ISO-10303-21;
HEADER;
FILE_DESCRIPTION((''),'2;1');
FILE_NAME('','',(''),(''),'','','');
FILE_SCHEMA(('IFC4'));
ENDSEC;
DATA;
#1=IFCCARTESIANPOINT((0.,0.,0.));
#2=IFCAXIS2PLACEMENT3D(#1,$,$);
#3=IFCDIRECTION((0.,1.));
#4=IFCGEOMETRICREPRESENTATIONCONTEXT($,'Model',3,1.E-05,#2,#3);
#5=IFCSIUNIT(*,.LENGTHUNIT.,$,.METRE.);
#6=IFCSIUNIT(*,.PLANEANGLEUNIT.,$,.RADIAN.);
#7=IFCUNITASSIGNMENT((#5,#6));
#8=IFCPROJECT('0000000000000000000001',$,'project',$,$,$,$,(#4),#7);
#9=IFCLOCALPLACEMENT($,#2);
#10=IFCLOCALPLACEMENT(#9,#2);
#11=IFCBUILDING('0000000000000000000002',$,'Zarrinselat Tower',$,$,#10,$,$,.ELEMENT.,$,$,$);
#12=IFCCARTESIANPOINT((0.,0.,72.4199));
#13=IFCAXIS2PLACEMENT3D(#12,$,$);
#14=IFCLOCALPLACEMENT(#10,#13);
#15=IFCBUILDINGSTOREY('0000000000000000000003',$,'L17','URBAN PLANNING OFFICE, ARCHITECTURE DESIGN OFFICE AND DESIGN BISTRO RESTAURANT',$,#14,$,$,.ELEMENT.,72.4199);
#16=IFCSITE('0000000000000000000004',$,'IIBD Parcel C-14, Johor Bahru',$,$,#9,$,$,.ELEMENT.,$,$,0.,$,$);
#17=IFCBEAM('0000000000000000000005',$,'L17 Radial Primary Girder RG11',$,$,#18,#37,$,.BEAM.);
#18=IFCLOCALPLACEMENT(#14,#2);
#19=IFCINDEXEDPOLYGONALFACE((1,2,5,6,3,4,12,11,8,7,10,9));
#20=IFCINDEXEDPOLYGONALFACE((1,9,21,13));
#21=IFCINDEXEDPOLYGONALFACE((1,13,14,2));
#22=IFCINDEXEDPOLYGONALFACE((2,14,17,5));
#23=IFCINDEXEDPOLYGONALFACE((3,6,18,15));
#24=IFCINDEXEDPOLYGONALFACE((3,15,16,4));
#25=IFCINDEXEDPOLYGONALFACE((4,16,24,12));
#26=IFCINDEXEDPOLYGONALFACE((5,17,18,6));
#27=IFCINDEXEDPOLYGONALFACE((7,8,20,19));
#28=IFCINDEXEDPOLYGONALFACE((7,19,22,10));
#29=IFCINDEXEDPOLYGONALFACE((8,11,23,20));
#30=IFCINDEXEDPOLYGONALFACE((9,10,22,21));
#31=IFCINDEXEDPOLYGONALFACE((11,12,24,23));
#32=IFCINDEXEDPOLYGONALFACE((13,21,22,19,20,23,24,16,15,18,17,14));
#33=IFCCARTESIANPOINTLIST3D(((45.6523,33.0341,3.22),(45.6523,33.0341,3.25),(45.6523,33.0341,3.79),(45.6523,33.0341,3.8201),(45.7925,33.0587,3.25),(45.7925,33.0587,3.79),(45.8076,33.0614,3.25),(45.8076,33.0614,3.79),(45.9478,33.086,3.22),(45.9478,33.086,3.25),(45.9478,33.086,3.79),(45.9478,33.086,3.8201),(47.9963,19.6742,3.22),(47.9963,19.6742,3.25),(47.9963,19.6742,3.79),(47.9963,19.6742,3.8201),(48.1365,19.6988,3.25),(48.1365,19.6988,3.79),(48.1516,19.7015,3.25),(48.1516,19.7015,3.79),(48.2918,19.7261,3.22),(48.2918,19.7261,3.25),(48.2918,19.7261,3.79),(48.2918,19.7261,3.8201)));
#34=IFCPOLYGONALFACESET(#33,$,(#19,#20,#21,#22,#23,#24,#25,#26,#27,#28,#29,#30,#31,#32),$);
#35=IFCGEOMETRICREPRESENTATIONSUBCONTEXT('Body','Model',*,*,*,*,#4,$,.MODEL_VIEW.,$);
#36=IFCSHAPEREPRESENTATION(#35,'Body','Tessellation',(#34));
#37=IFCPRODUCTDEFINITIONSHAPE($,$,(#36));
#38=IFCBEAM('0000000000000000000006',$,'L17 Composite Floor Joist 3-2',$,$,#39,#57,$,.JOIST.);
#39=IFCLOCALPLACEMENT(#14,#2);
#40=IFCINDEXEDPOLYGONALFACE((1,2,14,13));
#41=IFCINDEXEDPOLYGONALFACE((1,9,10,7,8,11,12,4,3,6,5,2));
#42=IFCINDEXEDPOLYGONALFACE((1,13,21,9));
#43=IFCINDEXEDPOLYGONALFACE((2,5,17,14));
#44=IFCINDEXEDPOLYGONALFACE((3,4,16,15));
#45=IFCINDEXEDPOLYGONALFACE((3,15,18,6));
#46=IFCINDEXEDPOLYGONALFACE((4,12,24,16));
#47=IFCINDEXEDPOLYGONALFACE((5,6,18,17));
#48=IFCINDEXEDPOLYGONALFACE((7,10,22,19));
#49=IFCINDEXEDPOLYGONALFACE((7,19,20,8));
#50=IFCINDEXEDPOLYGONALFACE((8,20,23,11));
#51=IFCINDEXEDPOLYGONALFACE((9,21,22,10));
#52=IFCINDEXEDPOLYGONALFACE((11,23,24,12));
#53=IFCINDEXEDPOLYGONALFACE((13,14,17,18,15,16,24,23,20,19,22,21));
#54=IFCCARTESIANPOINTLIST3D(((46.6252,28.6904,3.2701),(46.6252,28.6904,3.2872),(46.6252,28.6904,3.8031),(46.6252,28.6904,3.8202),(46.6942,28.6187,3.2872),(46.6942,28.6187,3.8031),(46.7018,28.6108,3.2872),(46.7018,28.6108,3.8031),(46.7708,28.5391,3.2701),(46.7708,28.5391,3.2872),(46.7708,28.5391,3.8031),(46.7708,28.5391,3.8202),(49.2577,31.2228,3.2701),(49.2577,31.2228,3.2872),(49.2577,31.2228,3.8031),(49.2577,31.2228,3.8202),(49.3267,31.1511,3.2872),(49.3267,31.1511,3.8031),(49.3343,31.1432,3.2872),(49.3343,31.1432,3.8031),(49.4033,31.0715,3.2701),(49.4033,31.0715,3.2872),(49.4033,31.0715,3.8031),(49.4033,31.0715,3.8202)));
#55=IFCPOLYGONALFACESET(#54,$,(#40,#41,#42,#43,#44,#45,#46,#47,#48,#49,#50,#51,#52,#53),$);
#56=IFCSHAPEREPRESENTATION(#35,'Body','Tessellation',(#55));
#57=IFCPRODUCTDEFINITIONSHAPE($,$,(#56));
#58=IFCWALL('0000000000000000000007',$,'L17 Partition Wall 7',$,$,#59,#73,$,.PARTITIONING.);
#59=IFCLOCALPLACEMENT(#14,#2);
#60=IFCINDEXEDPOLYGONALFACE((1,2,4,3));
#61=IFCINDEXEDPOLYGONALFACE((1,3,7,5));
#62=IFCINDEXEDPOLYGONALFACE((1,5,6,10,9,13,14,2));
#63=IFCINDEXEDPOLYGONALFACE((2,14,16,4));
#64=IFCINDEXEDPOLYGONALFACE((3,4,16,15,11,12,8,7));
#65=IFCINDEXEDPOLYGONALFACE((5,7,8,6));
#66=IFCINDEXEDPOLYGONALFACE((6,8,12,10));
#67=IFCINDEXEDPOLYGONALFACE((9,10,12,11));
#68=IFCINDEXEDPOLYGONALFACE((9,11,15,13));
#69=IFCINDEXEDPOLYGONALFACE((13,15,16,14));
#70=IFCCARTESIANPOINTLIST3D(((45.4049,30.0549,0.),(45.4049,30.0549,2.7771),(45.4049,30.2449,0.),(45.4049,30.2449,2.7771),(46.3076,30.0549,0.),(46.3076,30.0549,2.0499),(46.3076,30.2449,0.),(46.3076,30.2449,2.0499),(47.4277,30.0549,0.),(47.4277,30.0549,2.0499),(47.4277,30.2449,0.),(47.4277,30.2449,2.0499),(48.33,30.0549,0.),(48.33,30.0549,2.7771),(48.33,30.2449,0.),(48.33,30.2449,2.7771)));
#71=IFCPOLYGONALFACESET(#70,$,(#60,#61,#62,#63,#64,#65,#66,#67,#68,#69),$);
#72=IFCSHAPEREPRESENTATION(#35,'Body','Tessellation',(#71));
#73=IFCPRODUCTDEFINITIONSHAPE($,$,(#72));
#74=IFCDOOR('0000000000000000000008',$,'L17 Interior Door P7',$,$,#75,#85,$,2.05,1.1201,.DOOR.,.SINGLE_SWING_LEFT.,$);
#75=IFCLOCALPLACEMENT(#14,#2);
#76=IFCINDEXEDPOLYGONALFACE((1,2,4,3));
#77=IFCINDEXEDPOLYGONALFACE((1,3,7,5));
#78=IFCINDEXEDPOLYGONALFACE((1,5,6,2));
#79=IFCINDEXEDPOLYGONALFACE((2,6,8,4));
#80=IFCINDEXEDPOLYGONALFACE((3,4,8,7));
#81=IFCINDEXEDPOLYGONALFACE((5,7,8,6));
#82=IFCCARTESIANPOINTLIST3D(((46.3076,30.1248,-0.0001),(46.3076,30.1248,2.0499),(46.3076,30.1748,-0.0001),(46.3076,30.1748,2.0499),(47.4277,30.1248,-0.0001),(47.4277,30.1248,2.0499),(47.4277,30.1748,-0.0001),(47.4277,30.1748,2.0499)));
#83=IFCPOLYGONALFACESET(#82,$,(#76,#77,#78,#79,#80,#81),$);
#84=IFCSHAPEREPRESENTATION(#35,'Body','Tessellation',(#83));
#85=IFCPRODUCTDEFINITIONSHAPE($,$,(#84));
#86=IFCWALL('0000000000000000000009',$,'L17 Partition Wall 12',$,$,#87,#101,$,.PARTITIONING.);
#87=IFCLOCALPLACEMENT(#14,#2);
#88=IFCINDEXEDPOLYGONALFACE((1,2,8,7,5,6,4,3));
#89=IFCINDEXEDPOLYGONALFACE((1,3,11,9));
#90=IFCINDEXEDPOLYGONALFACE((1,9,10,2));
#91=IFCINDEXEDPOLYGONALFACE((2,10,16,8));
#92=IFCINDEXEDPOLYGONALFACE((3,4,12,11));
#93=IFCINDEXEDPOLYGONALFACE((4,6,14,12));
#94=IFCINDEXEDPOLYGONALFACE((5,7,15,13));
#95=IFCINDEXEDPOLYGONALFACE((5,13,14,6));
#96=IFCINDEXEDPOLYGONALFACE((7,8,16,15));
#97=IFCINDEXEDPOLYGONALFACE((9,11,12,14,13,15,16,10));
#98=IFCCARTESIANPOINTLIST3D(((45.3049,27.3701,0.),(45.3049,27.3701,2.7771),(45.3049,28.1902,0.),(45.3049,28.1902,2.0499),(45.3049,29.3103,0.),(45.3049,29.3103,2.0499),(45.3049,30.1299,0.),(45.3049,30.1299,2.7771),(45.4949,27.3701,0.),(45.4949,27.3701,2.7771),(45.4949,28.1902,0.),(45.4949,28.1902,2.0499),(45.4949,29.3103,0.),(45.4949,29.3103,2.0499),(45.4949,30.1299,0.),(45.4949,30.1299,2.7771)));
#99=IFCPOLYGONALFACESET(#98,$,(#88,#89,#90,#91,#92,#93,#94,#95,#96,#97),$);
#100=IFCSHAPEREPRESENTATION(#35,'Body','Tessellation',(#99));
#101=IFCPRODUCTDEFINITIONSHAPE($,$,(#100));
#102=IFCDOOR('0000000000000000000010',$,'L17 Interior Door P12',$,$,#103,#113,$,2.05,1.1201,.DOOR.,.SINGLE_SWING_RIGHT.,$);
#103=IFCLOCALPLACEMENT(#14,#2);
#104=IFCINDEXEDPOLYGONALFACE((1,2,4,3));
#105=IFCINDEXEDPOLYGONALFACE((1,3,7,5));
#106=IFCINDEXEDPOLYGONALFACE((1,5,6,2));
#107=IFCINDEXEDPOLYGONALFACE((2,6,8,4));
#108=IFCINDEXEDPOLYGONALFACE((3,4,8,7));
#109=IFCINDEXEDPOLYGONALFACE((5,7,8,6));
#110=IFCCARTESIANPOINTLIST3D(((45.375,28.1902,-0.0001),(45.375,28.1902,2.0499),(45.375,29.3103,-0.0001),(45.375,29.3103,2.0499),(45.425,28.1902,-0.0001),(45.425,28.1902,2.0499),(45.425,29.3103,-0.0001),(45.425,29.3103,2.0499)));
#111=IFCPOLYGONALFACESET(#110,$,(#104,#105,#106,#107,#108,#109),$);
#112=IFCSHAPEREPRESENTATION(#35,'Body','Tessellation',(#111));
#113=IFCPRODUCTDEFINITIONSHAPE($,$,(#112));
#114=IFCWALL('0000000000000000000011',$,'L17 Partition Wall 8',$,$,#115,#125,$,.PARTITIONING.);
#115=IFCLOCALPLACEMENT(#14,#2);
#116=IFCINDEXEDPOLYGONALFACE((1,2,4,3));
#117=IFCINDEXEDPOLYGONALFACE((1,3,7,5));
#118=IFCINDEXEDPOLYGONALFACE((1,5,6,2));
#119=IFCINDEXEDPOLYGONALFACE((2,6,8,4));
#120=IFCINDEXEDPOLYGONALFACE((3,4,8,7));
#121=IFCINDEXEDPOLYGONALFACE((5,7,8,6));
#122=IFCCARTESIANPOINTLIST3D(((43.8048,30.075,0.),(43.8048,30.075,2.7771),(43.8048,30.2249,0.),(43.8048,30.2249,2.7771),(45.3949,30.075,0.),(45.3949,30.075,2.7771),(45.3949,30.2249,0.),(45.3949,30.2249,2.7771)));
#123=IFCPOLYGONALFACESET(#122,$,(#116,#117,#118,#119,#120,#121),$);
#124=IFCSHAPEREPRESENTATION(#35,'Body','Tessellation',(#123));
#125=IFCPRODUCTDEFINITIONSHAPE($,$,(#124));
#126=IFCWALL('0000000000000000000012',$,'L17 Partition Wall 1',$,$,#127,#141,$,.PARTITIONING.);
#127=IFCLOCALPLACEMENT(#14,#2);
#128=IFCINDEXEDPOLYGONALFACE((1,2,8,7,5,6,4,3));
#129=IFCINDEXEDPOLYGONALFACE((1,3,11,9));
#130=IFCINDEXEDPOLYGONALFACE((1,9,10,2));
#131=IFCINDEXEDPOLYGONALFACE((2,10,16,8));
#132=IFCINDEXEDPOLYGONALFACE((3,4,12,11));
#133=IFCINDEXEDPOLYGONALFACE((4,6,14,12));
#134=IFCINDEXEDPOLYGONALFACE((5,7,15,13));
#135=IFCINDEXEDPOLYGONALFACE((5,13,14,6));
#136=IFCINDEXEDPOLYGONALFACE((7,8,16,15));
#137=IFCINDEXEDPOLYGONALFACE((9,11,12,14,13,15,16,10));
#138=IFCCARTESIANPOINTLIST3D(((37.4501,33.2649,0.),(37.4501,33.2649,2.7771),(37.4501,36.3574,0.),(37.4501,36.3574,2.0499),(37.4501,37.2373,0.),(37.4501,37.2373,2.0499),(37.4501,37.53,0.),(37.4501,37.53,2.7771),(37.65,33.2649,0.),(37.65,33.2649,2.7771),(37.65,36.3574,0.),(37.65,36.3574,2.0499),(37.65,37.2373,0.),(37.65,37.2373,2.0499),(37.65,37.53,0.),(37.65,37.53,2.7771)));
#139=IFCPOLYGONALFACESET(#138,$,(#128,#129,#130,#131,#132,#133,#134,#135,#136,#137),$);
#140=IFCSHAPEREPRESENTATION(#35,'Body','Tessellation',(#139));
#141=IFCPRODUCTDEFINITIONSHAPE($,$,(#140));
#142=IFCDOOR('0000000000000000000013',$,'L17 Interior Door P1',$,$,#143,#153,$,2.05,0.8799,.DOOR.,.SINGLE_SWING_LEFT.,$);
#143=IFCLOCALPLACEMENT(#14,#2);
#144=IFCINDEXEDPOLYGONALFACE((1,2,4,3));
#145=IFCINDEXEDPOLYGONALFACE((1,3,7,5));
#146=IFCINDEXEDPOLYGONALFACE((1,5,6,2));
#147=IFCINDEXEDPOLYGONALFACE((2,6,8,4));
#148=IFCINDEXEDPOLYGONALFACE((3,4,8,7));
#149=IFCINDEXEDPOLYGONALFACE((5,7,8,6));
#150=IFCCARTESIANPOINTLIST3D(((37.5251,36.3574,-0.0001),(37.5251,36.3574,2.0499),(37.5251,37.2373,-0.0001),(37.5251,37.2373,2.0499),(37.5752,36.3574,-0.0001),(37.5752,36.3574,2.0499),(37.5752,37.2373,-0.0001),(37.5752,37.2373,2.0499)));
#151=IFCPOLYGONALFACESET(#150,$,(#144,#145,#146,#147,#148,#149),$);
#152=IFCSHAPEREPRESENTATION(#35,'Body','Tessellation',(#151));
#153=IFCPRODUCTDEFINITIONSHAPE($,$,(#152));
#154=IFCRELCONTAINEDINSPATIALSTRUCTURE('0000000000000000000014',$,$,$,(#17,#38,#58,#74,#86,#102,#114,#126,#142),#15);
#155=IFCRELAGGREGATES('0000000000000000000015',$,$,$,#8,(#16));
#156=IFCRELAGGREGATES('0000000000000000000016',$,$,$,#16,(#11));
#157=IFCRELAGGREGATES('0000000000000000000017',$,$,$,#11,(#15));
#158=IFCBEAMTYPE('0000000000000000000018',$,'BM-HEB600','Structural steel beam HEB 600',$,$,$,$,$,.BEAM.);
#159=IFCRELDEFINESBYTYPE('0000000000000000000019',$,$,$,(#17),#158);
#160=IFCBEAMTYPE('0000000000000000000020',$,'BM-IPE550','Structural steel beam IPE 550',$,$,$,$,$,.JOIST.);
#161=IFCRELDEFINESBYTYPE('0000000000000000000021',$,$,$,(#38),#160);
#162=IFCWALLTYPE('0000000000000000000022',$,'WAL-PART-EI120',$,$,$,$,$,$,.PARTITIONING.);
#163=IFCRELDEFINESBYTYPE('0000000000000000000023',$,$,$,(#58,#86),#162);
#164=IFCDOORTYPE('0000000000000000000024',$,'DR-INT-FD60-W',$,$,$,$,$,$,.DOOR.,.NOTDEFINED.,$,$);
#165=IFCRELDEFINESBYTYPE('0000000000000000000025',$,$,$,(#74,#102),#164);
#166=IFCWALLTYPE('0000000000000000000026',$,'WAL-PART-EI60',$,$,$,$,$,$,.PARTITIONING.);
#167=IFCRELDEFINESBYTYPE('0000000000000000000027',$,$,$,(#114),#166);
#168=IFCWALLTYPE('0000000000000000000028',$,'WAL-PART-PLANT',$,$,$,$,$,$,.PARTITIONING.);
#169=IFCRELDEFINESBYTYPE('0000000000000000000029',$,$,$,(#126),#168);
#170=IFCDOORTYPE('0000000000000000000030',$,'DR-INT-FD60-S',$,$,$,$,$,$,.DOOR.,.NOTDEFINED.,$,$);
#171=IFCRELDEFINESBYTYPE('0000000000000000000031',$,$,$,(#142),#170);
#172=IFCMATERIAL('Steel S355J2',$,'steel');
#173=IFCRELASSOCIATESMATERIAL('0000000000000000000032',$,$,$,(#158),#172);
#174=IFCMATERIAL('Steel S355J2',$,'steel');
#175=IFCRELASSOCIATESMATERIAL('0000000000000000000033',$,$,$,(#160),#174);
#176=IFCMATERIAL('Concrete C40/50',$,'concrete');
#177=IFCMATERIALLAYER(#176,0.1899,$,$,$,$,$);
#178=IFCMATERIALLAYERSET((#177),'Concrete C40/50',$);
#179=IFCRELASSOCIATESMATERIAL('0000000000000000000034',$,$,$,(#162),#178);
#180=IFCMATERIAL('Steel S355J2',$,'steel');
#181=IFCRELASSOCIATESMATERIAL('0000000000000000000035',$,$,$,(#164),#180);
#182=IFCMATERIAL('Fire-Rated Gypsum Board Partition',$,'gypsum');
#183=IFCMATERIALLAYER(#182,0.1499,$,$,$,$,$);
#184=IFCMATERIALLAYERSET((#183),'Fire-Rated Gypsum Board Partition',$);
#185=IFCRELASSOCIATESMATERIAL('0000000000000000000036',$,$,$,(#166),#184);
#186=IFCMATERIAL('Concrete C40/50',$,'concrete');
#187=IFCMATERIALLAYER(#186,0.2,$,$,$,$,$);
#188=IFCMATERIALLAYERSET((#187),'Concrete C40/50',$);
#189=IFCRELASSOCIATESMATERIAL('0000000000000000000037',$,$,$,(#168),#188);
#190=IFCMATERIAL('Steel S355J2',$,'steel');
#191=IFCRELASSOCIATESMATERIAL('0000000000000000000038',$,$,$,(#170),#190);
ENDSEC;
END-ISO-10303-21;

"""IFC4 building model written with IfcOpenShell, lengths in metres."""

from ifc_helpers import new_model, si_unit, direction, frame, frame_2d, origin, origin_2d, place, context, subcontext, project, spatial, rectangle, i_section, extrude, material, layer, layer_set, material_profile, profile_set, type_object, element, fill, save


model = new_model("IFC4")

# Units and contexts
model_context = context("Model", 3, precision=1e-05, world=origin(), true_north=direction((0.0, 1.0)))
body_context = subcontext(model_context, "Body", "Model", "MODEL_VIEW")
ifc_project = project(units=[si_unit("LENGTHUNIT", "METRE"), si_unit("PLANEANGLEUNIT", "RADIAN")], contexts=[model_context])

# Site, building, storey
site_placement = place(None, origin())
site = spatial("IfcSite", under=ifc_project, at=site_placement, Name="IIBD Parcel C-14, Johor Bahru", CompositionType="ELEMENT", RefElevation=0.0)
building_placement = place(site_placement, origin())
building = spatial("IfcBuilding", under=site, at=building_placement, Name="Zarrinselat Tower", CompositionType="ELEMENT")
storey_placement = place(building_placement, frame((0.0, 0.0, 72.4199)))
storey = spatial("IfcBuildingStorey", under=building, at=storey_placement, Name="L17", Description="URBAN PLANNING OFFICE, ARCHITECTURE DESIGN OFFICE AND DESIGN BISTRO RESTAURANT", CompositionType="ELEMENT", Elevation=72.4199)

# Beams
ifc_material_1 = material(Name="Steel S355J2", Category="steel")
ifc_material_profile_1 = material_profile(ifc_material_1, i_section(OverallWidth=0.3, OverallDepth=0.6001, WebThickness=0.0154, FlangeThickness=0.03, at=origin_2d()), Name="HEB 600")
ifc_profile_set_1 = profile_set([ifc_material_profile_1], Name="Steel S355J2")
beam_type_1 = type_object("IfcBeamType", Name="BM-HEB600", Description="Structural steel beam HEB 600", PredefinedType="BEAM", material=ifc_profile_set_1)
beam_1_placement = place(storey_placement, frame((45.8, 33.0601, 3.52), z_axis=(0.172811, -0.984955, 0.0), x_axis=(0.984955, 0.172811, 0.0)))
element("IfcBeam", 1, at=beam_1_placement, inside=storey, type_object=beam_type_1, Name="L17 Radial Primary Girder RG11", PredefinedType="BEAM", context=body_context, shape_type="SweptSolid", body=[
    extrude(i_section(OverallWidth=0.3, OverallDepth=0.6001, WebThickness=0.0154, FlangeThickness=0.03, at=origin_2d()), origin(), (0.0, 0.0, 1.0), 13.564),
])
ifc_material_2 = material(Name="Steel S355J2", Category="steel")
ifc_material_profile_2 = material_profile(ifc_material_2, i_section(OverallWidth=0.21, OverallDepth=0.55, WebThickness=0.011, FlangeThickness=0.0171, at=origin_2d()), Name="IPE 550")
ifc_profile_set_2 = profile_set([ifc_material_profile_2], Name="Steel S355J2")
beam_type_2 = type_object("IfcBeamType", Name="BM-IPE550", Description="Structural steel beam IPE 550", PredefinedType="JOIST", material=ifc_profile_set_2)
beam_2_placement = place(storey_placement, frame((46.698, 28.6147, 3.5452), z_axis=(0.720675, 0.693273, 0.0), x_axis=(-0.693273, 0.720675, 0.0)))
element("IfcBeam", 2, at=beam_2_placement, inside=storey, type_object=beam_type_2, Name="L17 Composite Floor Joist 3-2", PredefinedType="JOIST", context=body_context, shape_type="SweptSolid", body=[
    extrude(i_section(OverallWidth=0.21, OverallDepth=0.55, WebThickness=0.011, FlangeThickness=0.0171, at=origin_2d()), origin(), (0.0, 0.0, 1.0), 3.6528),
])

# Walls, openings, doors
ifc_material_3 = material(Name="Concrete C40/50", Category="concrete")
ifc_layer_1 = layer(ifc_material_3, 0.1899)
ifc_layer_set_1 = layer_set([ifc_layer_1], Name="Concrete C40/50")
wall_type_1 = type_object("IfcWallType", Name="WAL-PART-EI120", PredefinedType="PARTITIONING", material=ifc_layer_set_1)
wall_1_placement = place(storey_placement, frame((45.405, 30.1499, 0.0), z_axis=(0.0, 0.0, 1.0), x_axis=(1.0, 0.0, 0.0)))
wall_1 = element("IfcWall", 3, at=wall_1_placement, inside=storey, type_object=wall_type_1, Name="L17 Partition Wall 7", PredefinedType="PARTITIONING", context=body_context, shape_type="SweptSolid", body=[
    extrude(rectangle(XDim=2.925, YDim=0.1899, at=frame_2d((1.4624, 0.0))), origin(), (0.0, 0.0, 1.0), 2.7771),
])
opening_1_placement = place(wall_1_placement, frame((0.9026, 0.0, 0.0)))
opening_1 = element("IfcOpeningElement", 4, at=opening_1_placement, cuts=wall_1, PredefinedType="OPENING", context=body_context, shape_type="SweptSolid", body=[
    extrude(rectangle(XDim=1.1201, YDim=2.05, at=frame_2d((0.5601, 1.0249))), frame((0.0, 0.105, 0.0), z_axis=(0.0, -1.0, 0.0), x_axis=(1.0, 0.0, 0.0)), (0.0, 0.0, 1.0), 0.21),
])
ifc_material_4 = material(Name="Steel S355J2", Category="steel")
door_type_1 = type_object("IfcDoorType", Name="DR-INT-FD60-W", OperationType="NOTDEFINED", PredefinedType="DOOR", material=ifc_material_4)
door_1_placement = place(opening_1_placement, origin())
door_1 = element("IfcDoor", 5, at=door_1_placement, inside=storey, type_object=door_type_1, Name="L17 Interior Door P7", OperationType="SINGLE_SWING_LEFT", OverallHeight=2.05, OverallWidth=1.1201, PredefinedType="DOOR", context=body_context, shape_type="SweptSolid", body=[
    extrude(rectangle(XDim=1.1201, YDim=2.05, at=frame_2d((0.5601, 1.0249))), frame((0.0, 0.0249, 0.0), z_axis=(0.0, -1.0, 0.0), x_axis=(1.0, 0.0, 0.0)), (0.0, 0.0, 1.0), 0.05),
])
fill(opening_1, door_1)
wall_2_placement = place(storey_placement, frame((45.3999, 27.3701, 0.0), z_axis=(0.0, 0.0, 1.0), x_axis=(0.0, 1.0, 0.0)))
wall_2 = element("IfcWall", 6, at=wall_2_placement, inside=storey, type_object=wall_type_1, Name="L17 Partition Wall 12", PredefinedType="PARTITIONING", context=body_context, shape_type="SweptSolid", body=[
    extrude(rectangle(XDim=2.7598, YDim=0.1899, at=frame_2d((1.3799, 0.0))), origin(), (0.0, 0.0, 1.0), 2.7771),
])
opening_2_placement = place(wall_2_placement, frame((0.8201, 0.0, 0.0)))
opening_2 = element("IfcOpeningElement", 7, at=opening_2_placement, cuts=wall_2, PredefinedType="OPENING", context=body_context, shape_type="SweptSolid", body=[
    extrude(rectangle(XDim=1.1201, YDim=2.05, at=frame_2d((0.5601, 1.0249))), frame((0.0, 0.105, 0.0), z_axis=(0.0, -1.0, 0.0), x_axis=(1.0, 0.0, 0.0)), (0.0, 0.0, 1.0), 0.21),
])
door_2_placement = place(opening_2_placement, origin())
door_2 = element("IfcDoor", 8, at=door_2_placement, inside=storey, type_object=door_type_1, Name="L17 Interior Door P12", OperationType="SINGLE_SWING_RIGHT", OverallHeight=2.05, OverallWidth=1.1201, PredefinedType="DOOR", context=body_context, shape_type="SweptSolid", body=[
    extrude(rectangle(XDim=1.1201, YDim=2.05, at=frame_2d((0.5601, 1.0249))), frame((0.0, 0.0249, 0.0), z_axis=(0.0, -1.0, 0.0), x_axis=(1.0, 0.0, 0.0)), (0.0, 0.0, 1.0), 0.05),
])
fill(opening_2, door_2)

# Wall
ifc_material_5 = material(Name="Fire-Rated Gypsum Board Partition", Category="gypsum")
ifc_layer_2 = layer(ifc_material_5, 0.1499)
ifc_layer_set_2 = layer_set([ifc_layer_2], Name="Fire-Rated Gypsum Board Partition")
wall_type_2 = type_object("IfcWallType", Name="WAL-PART-EI60", PredefinedType="PARTITIONING", material=ifc_layer_set_2)
wall_3_placement = place(storey_placement, frame((43.8049, 30.1499, 0.0), z_axis=(0.0, 0.0, 1.0), x_axis=(1.0, 0.0, 0.0)))
element("IfcWall", 9, at=wall_3_placement, inside=storey, type_object=wall_type_2, Name="L17 Partition Wall 8", PredefinedType="PARTITIONING", context=body_context, shape_type="SweptSolid", body=[
    extrude(rectangle(XDim=1.5901, YDim=0.1499, at=frame_2d((0.7949, 0.0))), origin(), (0.0, 0.0, 1.0), 2.7771),
])

# Wall, opening, door
ifc_material_6 = material(Name="Concrete C40/50", Category="concrete")
ifc_layer_3 = layer(ifc_material_6, 0.2)
ifc_layer_set_3 = layer_set([ifc_layer_3], Name="Concrete C40/50")
wall_type_3 = type_object("IfcWallType", Name="WAL-PART-PLANT", PredefinedType="PARTITIONING", material=ifc_layer_set_3)
wall_4_placement = place(storey_placement, frame((37.55, 33.2649, 0.0), z_axis=(0.0, 0.0, 1.0), x_axis=(0.0, 1.0, 0.0)))
wall_4 = element("IfcWall", 10, at=wall_4_placement, inside=storey, type_object=wall_type_3, Name="L17 Partition Wall 1", PredefinedType="PARTITIONING", context=body_context, shape_type="SweptSolid", body=[
    extrude(rectangle(XDim=4.2651, YDim=0.2, at=frame_2d((2.1326, 0.0))), origin(), (0.0, 0.0, 1.0), 2.7771),
])
opening_3_placement = place(wall_4_placement, frame((3.0925, 0.0, 0.0)))
opening_3 = element("IfcOpeningElement", 11, at=opening_3_placement, cuts=wall_4, PredefinedType="OPENING", context=body_context, shape_type="SweptSolid", body=[
    extrude(rectangle(XDim=0.8799, YDim=2.05, at=frame_2d((0.4399, 1.0249))), frame((0.0, 0.1099, 0.0), z_axis=(0.0, -1.0, 0.0), x_axis=(1.0, 0.0, 0.0)), (0.0, 0.0, 1.0), 0.22),
])
ifc_material_7 = material(Name="Steel S355J2", Category="steel")
door_type_2 = type_object("IfcDoorType", Name="DR-INT-FD60-S", OperationType="NOTDEFINED", PredefinedType="DOOR", material=ifc_material_7)
door_3_placement = place(opening_3_placement, origin())
door_3 = element("IfcDoor", 12, at=door_3_placement, inside=storey, type_object=door_type_2, Name="L17 Interior Door P1", OperationType="SINGLE_SWING_LEFT", OverallHeight=2.05, OverallWidth=0.8799, PredefinedType="DOOR", context=body_context, shape_type="SweptSolid", body=[
    extrude(rectangle(XDim=0.8799, YDim=2.05, at=frame_2d((0.4399, 1.0249))), frame((0.0, 0.0249, 0.0), z_axis=(0.0, -1.0, 0.0), x_axis=(1.0, 0.0, 0.0)), (0.0, 0.0, 1.0), 0.05),
])
fill(opening_3, door_3)

save(model, "model.ifc")
